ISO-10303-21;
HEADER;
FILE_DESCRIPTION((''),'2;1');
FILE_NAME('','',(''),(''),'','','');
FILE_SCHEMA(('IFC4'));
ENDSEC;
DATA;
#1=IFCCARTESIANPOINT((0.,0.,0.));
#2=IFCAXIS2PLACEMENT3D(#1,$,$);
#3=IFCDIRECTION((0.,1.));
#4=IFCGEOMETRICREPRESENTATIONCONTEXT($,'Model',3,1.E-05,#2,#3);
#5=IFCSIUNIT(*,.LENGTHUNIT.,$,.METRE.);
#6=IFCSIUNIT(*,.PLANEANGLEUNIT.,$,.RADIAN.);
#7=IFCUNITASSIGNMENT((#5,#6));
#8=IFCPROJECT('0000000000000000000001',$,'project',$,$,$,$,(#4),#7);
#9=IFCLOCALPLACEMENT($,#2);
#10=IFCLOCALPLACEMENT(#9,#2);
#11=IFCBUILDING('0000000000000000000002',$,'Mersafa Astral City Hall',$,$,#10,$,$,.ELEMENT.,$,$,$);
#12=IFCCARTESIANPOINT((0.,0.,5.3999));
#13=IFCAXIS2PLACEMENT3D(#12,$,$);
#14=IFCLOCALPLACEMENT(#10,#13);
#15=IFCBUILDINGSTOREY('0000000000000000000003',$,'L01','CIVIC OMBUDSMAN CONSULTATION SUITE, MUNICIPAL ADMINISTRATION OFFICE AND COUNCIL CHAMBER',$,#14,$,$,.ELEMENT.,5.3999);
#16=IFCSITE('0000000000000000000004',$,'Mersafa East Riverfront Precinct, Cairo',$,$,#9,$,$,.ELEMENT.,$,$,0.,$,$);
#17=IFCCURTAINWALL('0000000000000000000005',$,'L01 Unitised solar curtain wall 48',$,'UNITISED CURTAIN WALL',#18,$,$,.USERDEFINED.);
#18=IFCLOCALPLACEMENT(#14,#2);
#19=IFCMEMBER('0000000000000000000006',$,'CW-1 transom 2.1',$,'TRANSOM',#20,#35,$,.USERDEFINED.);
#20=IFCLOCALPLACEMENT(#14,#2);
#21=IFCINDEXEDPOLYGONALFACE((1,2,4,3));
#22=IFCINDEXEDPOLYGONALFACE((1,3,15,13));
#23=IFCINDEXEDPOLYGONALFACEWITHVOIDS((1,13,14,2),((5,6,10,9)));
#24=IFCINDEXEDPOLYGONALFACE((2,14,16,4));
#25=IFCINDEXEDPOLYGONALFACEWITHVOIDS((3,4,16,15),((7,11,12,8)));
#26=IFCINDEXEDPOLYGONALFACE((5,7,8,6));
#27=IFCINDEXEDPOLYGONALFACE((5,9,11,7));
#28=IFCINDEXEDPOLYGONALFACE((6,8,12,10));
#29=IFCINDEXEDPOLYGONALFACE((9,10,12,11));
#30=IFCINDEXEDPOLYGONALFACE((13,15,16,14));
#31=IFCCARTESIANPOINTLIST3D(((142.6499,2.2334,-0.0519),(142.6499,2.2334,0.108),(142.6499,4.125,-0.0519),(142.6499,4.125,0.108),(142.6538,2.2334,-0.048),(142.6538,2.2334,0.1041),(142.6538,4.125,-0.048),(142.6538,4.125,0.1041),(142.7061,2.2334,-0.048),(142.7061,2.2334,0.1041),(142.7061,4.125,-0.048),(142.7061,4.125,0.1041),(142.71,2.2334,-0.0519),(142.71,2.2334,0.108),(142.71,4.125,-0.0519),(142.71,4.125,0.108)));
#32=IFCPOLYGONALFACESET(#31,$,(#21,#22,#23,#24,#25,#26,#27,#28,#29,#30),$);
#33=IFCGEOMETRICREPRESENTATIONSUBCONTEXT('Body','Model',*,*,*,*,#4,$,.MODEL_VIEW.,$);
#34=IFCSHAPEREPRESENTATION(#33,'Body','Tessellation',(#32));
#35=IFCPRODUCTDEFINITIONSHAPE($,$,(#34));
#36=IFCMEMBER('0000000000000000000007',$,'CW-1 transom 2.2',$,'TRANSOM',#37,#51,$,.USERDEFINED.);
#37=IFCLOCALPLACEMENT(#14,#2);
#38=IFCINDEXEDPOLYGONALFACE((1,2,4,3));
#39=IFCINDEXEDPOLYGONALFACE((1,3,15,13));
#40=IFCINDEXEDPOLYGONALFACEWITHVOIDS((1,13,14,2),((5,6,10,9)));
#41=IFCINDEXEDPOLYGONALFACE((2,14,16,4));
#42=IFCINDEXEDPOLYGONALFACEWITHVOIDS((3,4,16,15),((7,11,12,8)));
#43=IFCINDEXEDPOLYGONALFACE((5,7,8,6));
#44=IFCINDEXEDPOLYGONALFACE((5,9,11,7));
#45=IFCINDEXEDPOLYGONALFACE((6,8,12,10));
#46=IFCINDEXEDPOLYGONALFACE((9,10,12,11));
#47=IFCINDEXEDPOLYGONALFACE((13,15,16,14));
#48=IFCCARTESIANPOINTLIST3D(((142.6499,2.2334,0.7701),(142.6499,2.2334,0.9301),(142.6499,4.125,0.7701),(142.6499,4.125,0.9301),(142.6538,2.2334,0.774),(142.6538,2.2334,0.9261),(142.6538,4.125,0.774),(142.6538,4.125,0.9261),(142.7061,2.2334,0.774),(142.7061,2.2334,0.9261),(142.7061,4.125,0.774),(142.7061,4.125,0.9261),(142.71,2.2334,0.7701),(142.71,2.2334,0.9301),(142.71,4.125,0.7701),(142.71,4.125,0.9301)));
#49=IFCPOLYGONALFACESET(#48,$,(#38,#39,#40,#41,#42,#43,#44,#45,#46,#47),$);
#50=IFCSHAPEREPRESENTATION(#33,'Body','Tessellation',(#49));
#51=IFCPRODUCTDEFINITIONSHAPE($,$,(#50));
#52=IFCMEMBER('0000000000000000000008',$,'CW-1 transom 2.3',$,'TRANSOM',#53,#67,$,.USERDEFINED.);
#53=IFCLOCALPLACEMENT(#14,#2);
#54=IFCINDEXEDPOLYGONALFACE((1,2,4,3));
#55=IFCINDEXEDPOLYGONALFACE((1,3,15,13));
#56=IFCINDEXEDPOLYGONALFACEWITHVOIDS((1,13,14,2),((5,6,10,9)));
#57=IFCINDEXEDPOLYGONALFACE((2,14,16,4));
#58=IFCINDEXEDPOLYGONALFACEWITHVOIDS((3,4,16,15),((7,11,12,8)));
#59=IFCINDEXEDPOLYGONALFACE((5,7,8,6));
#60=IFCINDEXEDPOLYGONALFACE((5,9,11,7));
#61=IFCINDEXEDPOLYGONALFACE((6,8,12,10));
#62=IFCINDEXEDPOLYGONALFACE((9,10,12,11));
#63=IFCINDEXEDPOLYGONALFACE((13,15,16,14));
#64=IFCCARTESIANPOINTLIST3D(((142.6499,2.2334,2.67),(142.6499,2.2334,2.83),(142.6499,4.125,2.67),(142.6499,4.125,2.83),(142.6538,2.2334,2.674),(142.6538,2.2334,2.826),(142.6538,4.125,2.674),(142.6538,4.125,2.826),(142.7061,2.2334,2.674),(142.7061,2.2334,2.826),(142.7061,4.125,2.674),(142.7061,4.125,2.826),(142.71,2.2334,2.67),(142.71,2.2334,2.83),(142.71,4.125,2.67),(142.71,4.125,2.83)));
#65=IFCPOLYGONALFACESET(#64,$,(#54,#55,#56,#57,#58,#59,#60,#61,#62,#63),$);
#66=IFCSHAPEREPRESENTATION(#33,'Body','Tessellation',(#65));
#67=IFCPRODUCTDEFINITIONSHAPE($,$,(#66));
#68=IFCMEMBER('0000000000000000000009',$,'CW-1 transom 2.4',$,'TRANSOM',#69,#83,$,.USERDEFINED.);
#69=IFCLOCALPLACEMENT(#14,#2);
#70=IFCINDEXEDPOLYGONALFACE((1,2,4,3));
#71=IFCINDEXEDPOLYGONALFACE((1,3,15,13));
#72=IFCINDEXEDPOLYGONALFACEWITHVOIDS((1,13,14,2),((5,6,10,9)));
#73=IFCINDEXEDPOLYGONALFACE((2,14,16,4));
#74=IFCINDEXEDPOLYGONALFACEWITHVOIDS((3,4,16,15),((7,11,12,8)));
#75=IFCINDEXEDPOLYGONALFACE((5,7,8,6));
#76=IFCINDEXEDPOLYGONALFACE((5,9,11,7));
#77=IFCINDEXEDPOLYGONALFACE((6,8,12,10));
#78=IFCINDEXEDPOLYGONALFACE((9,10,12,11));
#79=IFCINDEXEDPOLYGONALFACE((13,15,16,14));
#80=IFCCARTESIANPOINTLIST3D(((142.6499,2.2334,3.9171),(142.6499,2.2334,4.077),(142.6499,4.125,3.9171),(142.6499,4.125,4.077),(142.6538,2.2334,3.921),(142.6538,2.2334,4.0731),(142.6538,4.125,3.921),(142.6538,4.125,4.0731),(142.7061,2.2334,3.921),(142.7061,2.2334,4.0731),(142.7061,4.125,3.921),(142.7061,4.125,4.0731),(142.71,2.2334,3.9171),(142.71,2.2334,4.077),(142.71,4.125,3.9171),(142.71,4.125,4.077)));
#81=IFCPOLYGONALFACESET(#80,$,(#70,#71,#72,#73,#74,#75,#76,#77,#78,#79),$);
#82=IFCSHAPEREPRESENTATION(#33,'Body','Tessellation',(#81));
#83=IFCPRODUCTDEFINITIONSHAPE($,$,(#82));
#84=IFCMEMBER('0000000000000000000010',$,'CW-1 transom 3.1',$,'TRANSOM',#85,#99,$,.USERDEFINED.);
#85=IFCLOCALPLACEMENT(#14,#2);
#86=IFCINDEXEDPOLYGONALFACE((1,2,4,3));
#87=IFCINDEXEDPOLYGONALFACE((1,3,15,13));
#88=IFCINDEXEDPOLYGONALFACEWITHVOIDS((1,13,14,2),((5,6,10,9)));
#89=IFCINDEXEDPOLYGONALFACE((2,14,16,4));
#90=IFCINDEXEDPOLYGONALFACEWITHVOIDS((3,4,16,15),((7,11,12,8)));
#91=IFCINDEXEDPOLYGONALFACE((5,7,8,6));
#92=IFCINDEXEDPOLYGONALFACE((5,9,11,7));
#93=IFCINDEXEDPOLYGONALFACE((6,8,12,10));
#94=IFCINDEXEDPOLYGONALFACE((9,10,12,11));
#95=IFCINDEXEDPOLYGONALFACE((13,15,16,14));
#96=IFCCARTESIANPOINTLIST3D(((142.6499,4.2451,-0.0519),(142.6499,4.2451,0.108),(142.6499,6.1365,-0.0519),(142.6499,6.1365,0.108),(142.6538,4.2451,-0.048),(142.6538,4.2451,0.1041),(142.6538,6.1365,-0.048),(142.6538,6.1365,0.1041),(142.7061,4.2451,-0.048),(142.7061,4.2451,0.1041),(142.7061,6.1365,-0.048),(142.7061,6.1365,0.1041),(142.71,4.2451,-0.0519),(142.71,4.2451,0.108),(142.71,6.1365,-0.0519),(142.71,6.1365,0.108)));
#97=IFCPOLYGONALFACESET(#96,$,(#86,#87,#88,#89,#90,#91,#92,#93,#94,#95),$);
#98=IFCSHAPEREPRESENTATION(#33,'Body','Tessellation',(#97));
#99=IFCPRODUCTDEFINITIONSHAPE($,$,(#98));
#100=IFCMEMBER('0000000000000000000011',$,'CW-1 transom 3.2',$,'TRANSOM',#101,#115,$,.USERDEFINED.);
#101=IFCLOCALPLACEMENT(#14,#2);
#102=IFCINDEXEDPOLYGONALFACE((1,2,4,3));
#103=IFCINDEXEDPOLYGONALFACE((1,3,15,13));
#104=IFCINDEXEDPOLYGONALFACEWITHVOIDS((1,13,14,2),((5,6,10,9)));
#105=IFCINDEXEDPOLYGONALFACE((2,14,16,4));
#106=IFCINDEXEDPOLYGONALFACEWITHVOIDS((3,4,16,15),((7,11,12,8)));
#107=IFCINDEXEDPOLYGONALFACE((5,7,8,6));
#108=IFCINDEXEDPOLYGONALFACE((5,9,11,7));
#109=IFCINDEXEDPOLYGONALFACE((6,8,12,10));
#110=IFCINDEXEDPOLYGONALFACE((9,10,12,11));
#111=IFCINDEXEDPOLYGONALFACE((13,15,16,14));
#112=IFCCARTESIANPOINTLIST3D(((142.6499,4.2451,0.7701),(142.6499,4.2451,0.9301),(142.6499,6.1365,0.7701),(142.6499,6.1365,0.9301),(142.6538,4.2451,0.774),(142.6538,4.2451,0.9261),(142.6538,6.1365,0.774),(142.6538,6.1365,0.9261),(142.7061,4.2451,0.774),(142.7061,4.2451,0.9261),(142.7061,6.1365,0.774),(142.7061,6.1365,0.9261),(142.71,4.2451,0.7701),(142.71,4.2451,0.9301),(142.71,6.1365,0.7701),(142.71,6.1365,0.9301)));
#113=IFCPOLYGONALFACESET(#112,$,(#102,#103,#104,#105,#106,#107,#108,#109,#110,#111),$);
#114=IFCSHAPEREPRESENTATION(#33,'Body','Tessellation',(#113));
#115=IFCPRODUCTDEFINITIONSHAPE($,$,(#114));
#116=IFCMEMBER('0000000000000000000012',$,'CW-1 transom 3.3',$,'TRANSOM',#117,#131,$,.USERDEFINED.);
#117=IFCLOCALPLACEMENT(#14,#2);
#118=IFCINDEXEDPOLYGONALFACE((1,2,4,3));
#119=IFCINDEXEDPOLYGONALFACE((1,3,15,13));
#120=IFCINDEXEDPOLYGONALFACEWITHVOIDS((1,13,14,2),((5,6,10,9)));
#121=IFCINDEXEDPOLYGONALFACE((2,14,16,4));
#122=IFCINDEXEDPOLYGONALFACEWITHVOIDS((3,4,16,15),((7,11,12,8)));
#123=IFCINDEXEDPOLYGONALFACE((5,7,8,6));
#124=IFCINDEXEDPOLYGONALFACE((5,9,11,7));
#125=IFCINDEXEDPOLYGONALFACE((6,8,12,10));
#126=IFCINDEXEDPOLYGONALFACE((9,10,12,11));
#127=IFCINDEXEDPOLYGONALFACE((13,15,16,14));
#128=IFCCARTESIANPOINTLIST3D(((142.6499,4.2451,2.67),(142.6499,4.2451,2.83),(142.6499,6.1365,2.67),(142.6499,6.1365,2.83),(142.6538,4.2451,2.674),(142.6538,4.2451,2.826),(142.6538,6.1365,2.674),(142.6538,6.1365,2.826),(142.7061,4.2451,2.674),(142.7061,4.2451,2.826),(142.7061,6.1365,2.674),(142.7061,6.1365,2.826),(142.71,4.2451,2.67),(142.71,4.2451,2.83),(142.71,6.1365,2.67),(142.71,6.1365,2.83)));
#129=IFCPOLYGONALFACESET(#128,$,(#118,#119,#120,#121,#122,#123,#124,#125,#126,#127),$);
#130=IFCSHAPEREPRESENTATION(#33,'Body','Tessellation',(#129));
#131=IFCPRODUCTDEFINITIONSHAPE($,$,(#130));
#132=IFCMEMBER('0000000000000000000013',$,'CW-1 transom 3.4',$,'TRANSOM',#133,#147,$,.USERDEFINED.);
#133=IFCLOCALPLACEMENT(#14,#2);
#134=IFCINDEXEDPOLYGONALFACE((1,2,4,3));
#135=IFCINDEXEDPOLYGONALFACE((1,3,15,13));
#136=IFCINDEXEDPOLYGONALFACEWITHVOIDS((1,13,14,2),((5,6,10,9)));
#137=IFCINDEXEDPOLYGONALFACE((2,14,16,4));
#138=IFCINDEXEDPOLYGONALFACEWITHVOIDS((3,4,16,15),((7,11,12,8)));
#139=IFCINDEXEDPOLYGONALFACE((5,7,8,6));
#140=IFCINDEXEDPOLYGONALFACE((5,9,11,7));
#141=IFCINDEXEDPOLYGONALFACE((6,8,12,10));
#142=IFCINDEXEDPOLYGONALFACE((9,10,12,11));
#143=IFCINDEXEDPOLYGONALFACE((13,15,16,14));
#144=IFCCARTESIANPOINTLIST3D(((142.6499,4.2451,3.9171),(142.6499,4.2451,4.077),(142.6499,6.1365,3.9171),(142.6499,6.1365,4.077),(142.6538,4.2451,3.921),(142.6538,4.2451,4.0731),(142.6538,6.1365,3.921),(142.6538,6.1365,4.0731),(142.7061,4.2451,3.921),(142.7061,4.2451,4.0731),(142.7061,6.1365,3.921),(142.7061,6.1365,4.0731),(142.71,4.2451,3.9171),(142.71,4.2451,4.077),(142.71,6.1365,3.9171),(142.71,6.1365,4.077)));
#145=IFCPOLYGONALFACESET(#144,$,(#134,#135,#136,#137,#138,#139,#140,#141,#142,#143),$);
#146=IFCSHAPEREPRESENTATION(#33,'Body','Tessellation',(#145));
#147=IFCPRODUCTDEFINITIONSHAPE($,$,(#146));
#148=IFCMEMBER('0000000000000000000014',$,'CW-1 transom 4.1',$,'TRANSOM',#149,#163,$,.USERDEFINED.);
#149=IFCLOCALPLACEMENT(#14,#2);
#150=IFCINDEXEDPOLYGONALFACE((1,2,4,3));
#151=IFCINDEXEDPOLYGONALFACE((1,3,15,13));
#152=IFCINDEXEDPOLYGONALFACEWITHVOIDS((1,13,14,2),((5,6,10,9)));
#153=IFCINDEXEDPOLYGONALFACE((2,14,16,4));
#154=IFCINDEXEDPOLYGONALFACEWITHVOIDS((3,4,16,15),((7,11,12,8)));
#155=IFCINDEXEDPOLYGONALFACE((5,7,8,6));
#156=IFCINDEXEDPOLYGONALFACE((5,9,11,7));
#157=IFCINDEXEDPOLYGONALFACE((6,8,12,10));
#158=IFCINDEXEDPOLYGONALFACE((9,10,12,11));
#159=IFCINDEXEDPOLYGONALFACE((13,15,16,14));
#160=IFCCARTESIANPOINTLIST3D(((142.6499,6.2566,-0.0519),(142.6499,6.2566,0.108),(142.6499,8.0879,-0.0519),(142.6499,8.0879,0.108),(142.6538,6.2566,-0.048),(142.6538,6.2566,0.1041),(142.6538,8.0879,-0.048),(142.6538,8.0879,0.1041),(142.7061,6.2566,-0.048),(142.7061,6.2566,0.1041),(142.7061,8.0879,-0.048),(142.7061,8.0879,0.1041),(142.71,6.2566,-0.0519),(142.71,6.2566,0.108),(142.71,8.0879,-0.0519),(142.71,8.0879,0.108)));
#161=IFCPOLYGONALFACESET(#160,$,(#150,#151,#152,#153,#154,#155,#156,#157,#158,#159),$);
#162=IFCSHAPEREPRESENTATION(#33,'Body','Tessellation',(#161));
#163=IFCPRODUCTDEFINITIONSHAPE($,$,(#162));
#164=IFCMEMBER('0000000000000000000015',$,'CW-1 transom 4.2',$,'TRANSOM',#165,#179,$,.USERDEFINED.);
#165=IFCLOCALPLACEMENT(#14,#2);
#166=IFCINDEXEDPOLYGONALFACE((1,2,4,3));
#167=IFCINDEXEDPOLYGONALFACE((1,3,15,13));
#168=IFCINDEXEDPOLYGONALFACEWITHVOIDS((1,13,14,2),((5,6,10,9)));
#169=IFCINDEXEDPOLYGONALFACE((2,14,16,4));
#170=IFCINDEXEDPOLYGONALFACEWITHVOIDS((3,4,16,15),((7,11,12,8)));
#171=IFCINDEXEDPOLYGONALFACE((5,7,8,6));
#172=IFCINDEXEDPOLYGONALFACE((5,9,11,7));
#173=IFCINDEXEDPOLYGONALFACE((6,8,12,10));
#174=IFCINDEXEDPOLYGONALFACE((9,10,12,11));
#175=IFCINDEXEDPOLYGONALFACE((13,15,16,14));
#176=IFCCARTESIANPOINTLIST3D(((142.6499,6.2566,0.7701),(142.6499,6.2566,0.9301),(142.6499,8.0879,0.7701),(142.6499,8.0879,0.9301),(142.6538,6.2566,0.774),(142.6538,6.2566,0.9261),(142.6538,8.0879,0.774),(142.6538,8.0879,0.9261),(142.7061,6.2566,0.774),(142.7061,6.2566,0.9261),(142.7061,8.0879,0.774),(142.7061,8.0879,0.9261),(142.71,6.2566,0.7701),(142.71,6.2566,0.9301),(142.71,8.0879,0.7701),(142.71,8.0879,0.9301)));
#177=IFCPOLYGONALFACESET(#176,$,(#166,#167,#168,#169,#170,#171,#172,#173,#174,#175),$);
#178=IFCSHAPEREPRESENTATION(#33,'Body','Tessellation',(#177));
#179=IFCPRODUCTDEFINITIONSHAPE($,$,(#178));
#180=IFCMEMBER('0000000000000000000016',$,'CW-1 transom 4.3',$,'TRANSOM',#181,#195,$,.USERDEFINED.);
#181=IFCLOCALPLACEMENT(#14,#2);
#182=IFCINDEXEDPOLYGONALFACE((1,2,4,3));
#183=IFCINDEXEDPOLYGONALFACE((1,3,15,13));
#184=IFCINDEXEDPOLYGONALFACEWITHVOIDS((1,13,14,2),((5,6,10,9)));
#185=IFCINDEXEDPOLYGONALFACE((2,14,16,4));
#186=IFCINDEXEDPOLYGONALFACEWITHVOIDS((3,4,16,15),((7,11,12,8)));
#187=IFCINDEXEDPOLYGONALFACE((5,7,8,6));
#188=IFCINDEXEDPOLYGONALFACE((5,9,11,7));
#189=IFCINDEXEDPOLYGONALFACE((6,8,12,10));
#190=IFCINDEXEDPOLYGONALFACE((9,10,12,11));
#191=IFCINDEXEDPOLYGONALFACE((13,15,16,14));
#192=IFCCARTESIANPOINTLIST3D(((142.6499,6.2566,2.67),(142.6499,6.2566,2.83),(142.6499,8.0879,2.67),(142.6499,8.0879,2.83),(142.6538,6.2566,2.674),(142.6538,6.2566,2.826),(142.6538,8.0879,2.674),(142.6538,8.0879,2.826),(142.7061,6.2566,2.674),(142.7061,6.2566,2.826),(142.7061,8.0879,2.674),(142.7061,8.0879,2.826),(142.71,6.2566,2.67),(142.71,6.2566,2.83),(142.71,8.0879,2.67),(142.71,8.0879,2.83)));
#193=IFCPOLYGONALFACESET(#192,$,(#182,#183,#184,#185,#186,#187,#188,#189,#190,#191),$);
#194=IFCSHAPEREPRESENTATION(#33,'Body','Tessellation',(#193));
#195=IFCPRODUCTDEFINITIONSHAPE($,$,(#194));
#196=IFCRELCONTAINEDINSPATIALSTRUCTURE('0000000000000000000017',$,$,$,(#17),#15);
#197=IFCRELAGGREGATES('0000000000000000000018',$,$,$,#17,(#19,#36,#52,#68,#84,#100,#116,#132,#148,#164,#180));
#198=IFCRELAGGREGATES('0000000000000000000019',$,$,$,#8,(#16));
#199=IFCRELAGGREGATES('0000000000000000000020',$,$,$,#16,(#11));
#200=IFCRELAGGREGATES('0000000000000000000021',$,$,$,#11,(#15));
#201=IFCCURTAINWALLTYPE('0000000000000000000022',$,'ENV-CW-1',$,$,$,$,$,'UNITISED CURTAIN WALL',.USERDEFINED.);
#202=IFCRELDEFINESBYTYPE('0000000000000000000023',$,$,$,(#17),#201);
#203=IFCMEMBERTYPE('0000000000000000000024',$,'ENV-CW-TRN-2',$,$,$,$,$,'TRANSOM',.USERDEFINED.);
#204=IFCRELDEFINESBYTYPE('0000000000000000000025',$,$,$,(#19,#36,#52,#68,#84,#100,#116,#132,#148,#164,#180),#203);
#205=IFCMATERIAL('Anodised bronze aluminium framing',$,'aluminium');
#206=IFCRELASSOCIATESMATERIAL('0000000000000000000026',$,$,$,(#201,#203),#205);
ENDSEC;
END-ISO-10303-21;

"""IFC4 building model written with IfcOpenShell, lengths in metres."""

from ifc_helpers import new_model, si_unit, direction, frame, origin, origin_2d, place, context, subcontext, project, spatial, hollow_rectangle, extrude, material, material_profile, profile_set, type_object, element, aggregate, save


model = new_model("IFC4")

# Units and contexts
model_context = context("Model", 3, precision=1e-05, world=origin(), true_north=direction((0.0, 1.0)))
body_context = subcontext(model_context, "Body", "Model", "MODEL_VIEW")
ifc_project = project(units=[si_unit("LENGTHUNIT", "METRE"), si_unit("PLANEANGLEUNIT", "RADIAN")], contexts=[model_context])

# Site, building, storey
site_placement = place(None, origin())
site = spatial("IfcSite", under=ifc_project, at=site_placement, Name="Mersafa East Riverfront Precinct, Cairo", CompositionType="ELEMENT", RefElevation=0.0)
building_placement = place(site_placement, origin())
building = spatial("IfcBuilding", under=site, at=building_placement, Name="Mersafa Astral City Hall", CompositionType="ELEMENT")
storey_placement = place(building_placement, frame((0.0, 0.0, 5.3999)))
storey = spatial("IfcBuildingStorey", under=building, at=storey_placement, Name="L01", Description="CIVIC OMBUDSMAN CONSULTATION SUITE, MUNICIPAL ADMINISTRATION OFFICE AND COUNCIL CHAMBER", CompositionType="ELEMENT", Elevation=5.3999)

# Curtain wall, members
ifc_material_1 = material(Name="Anodised bronze aluminium framing", Category="aluminium")
curtain_wall_type = type_object("IfcCurtainWallType", Name="ENV-CW-1", ElementType="UNITISED CURTAIN WALL", PredefinedType="USERDEFINED", material=ifc_material_1)
curtain_wall_placement = place(storey_placement, origin())
curtain_wall = element("IfcCurtainWall", 1, at=curtain_wall_placement, inside=storey, type_object=curtain_wall_type, Name="L01 Unitised solar curtain wall 48", ObjectType="UNITISED CURTAIN WALL", PredefinedType="USERDEFINED")
ifc_material_profile_1 = material_profile(ifc_material_1, hollow_rectangle(XDim=0.0601, YDim=0.1599, WallThickness=0.0039, at=origin_2d()), Name="RHS 60x160x4")
ifc_profile_set_1 = profile_set([ifc_material_profile_1], Name="Anodised bronze aluminium framing")
member_type_1 = type_object("IfcMemberType", Name="ENV-CW-TRN-2", ElementType="TRANSOM", PredefinedType="USERDEFINED", material=ifc_profile_set_1)
member_1_placement = place(storey_placement, frame((142.6799, 2.2334, 0.0281), z_axis=(0.0, 1.0, 0.0), x_axis=(-1.0, 0.0, 0.0)))
member_1 = element("IfcMember", 2, at=member_1_placement, type_object=member_type_1, Name="CW-1 transom 2.1", ObjectType="TRANSOM", PredefinedType="USERDEFINED", context=body_context, shape_type="SweptSolid", body=[
    extrude(hollow_rectangle(XDim=0.0601, YDim=0.1599, WallThickness=0.0039, at=origin_2d()), origin(), (0.0, 0.0, 1.0), 1.8916),
])
member_2_placement = place(storey_placement, frame((142.6799, 2.2334, 0.8501), z_axis=(0.0, 1.0, 0.0), x_axis=(-1.0, 0.0, 0.0)))
member_2 = element("IfcMember", 3, at=member_2_placement, type_object=member_type_1, Name="CW-1 transom 2.2", ObjectType="TRANSOM", PredefinedType="USERDEFINED", context=body_context, shape_type="SweptSolid", body=[
    extrude(hollow_rectangle(XDim=0.0601, YDim=0.1599, WallThickness=0.0039, at=origin_2d()), origin(), (0.0, 0.0, 1.0), 1.8916),
])
member_3_placement = place(storey_placement, frame((142.6799, 2.2334, 2.75), z_axis=(0.0, 1.0, 0.0), x_axis=(-1.0, 0.0, 0.0)))
member_3 = element("IfcMember", 4, at=member_3_placement, type_object=member_type_1, Name="CW-1 transom 2.3", ObjectType="TRANSOM", PredefinedType="USERDEFINED", context=body_context, shape_type="SweptSolid", body=[
    extrude(hollow_rectangle(XDim=0.0601, YDim=0.1599, WallThickness=0.0039, at=origin_2d()), origin(), (0.0, 0.0, 1.0), 1.8916),
])
member_4_placement = place(storey_placement, frame((142.6799, 2.2334, 3.9971), z_axis=(0.0, 1.0, 0.0), x_axis=(-1.0, 0.0, 0.0)))
member_4 = element("IfcMember", 5, at=member_4_placement, type_object=member_type_1, Name="CW-1 transom 2.4", ObjectType="TRANSOM", PredefinedType="USERDEFINED", context=body_context, shape_type="SweptSolid", body=[
    extrude(hollow_rectangle(XDim=0.0601, YDim=0.1599, WallThickness=0.0039, at=origin_2d()), origin(), (0.0, 0.0, 1.0), 1.8916),
])
member_5_placement = place(storey_placement, frame((142.6799, 4.2451, 0.0281), z_axis=(0.0, 1.0, 0.0), x_axis=(-1.0, 0.0, 0.0)))
member_5 = element("IfcMember", 6, at=member_5_placement, type_object=member_type_1, Name="CW-1 transom 3.1", ObjectType="TRANSOM", PredefinedType="USERDEFINED", context=body_context, shape_type="SweptSolid", body=[
    extrude(hollow_rectangle(XDim=0.0601, YDim=0.1599, WallThickness=0.0039, at=origin_2d()), origin(), (0.0, 0.0, 1.0), 1.8914),
])
member_6_placement = place(storey_placement, frame((142.6799, 4.2451, 0.8501), z_axis=(0.0, 1.0, 0.0), x_axis=(-1.0, 0.0, 0.0)))
member_6 = element("IfcMember", 7, at=member_6_placement, type_object=member_type_1, Name="CW-1 transom 3.2", ObjectType="TRANSOM", PredefinedType="USERDEFINED", context=body_context, shape_type="SweptSolid", body=[
    extrude(hollow_rectangle(XDim=0.0601, YDim=0.1599, WallThickness=0.0039, at=origin_2d()), origin(), (0.0, 0.0, 1.0), 1.8914),
])
member_7_placement = place(storey_placement, frame((142.6799, 4.2451, 2.75), z_axis=(0.0, 1.0, 0.0), x_axis=(-1.0, 0.0, 0.0)))
member_7 = element("IfcMember", 8, at=member_7_placement, type_object=member_type_1, Name="CW-1 transom 3.3", ObjectType="TRANSOM", PredefinedType="USERDEFINED", context=body_context, shape_type="SweptSolid", body=[
    extrude(hollow_rectangle(XDim=0.0601, YDim=0.1599, WallThickness=0.0039, at=origin_2d()), origin(), (0.0, 0.0, 1.0), 1.8914),
])
member_8_placement = place(storey_placement, frame((142.6799, 4.2451, 3.9971), z_axis=(0.0, 1.0, 0.0), x_axis=(-1.0, 0.0, 0.0)))
member_8 = element("IfcMember", 9, at=member_8_placement, type_object=member_type_1, Name="CW-1 transom 3.4", ObjectType="TRANSOM", PredefinedType="USERDEFINED", context=body_context, shape_type="SweptSolid", body=[
    extrude(hollow_rectangle(XDim=0.0601, YDim=0.1599, WallThickness=0.0039, at=origin_2d()), origin(), (0.0, 0.0, 1.0), 1.8914),
])
member_9_placement = place(storey_placement, frame((142.6799, 6.2566, 0.0281), z_axis=(0.0, 1.0, 0.0), x_axis=(-1.0, 0.0, 0.0)))
member_9 = element("IfcMember", 10, at=member_9_placement, type_object=member_type_1, Name="CW-1 transom 4.1", ObjectType="TRANSOM", PredefinedType="USERDEFINED", context=body_context, shape_type="SweptSolid", body=[
    extrude(hollow_rectangle(XDim=0.0601, YDim=0.1599, WallThickness=0.0039, at=origin_2d()), origin(), (0.0, 0.0, 1.0), 1.8313),
])
member_10_placement = place(storey_placement, frame((142.6799, 6.2566, 0.8501), z_axis=(0.0, 1.0, 0.0), x_axis=(-1.0, 0.0, 0.0)))
member_10 = element("IfcMember", 11, at=member_10_placement, type_object=member_type_1, Name="CW-1 transom 4.2", ObjectType="TRANSOM", PredefinedType="USERDEFINED", context=body_context, shape_type="SweptSolid", body=[
    extrude(hollow_rectangle(XDim=0.0601, YDim=0.1599, WallThickness=0.0039, at=origin_2d()), origin(), (0.0, 0.0, 1.0), 1.8313),
])
member_11_placement = place(storey_placement, frame((142.6799, 6.2566, 2.75), z_axis=(0.0, 1.0, 0.0), x_axis=(-1.0, 0.0, 0.0)))
member_11 = element("IfcMember", 12, at=member_11_placement, type_object=member_type_1, Name="CW-1 transom 4.3", ObjectType="TRANSOM", PredefinedType="USERDEFINED", context=body_context, shape_type="SweptSolid", body=[
    extrude(hollow_rectangle(XDim=0.0601, YDim=0.1599, WallThickness=0.0039, at=origin_2d()), origin(), (0.0, 0.0, 1.0), 1.8313),
])
aggregate(curtain_wall, [member_1, member_2, member_3, member_4, member_5, member_6, member_7, member_8, member_9, member_10, member_11])

save(model, "model.ifc")
